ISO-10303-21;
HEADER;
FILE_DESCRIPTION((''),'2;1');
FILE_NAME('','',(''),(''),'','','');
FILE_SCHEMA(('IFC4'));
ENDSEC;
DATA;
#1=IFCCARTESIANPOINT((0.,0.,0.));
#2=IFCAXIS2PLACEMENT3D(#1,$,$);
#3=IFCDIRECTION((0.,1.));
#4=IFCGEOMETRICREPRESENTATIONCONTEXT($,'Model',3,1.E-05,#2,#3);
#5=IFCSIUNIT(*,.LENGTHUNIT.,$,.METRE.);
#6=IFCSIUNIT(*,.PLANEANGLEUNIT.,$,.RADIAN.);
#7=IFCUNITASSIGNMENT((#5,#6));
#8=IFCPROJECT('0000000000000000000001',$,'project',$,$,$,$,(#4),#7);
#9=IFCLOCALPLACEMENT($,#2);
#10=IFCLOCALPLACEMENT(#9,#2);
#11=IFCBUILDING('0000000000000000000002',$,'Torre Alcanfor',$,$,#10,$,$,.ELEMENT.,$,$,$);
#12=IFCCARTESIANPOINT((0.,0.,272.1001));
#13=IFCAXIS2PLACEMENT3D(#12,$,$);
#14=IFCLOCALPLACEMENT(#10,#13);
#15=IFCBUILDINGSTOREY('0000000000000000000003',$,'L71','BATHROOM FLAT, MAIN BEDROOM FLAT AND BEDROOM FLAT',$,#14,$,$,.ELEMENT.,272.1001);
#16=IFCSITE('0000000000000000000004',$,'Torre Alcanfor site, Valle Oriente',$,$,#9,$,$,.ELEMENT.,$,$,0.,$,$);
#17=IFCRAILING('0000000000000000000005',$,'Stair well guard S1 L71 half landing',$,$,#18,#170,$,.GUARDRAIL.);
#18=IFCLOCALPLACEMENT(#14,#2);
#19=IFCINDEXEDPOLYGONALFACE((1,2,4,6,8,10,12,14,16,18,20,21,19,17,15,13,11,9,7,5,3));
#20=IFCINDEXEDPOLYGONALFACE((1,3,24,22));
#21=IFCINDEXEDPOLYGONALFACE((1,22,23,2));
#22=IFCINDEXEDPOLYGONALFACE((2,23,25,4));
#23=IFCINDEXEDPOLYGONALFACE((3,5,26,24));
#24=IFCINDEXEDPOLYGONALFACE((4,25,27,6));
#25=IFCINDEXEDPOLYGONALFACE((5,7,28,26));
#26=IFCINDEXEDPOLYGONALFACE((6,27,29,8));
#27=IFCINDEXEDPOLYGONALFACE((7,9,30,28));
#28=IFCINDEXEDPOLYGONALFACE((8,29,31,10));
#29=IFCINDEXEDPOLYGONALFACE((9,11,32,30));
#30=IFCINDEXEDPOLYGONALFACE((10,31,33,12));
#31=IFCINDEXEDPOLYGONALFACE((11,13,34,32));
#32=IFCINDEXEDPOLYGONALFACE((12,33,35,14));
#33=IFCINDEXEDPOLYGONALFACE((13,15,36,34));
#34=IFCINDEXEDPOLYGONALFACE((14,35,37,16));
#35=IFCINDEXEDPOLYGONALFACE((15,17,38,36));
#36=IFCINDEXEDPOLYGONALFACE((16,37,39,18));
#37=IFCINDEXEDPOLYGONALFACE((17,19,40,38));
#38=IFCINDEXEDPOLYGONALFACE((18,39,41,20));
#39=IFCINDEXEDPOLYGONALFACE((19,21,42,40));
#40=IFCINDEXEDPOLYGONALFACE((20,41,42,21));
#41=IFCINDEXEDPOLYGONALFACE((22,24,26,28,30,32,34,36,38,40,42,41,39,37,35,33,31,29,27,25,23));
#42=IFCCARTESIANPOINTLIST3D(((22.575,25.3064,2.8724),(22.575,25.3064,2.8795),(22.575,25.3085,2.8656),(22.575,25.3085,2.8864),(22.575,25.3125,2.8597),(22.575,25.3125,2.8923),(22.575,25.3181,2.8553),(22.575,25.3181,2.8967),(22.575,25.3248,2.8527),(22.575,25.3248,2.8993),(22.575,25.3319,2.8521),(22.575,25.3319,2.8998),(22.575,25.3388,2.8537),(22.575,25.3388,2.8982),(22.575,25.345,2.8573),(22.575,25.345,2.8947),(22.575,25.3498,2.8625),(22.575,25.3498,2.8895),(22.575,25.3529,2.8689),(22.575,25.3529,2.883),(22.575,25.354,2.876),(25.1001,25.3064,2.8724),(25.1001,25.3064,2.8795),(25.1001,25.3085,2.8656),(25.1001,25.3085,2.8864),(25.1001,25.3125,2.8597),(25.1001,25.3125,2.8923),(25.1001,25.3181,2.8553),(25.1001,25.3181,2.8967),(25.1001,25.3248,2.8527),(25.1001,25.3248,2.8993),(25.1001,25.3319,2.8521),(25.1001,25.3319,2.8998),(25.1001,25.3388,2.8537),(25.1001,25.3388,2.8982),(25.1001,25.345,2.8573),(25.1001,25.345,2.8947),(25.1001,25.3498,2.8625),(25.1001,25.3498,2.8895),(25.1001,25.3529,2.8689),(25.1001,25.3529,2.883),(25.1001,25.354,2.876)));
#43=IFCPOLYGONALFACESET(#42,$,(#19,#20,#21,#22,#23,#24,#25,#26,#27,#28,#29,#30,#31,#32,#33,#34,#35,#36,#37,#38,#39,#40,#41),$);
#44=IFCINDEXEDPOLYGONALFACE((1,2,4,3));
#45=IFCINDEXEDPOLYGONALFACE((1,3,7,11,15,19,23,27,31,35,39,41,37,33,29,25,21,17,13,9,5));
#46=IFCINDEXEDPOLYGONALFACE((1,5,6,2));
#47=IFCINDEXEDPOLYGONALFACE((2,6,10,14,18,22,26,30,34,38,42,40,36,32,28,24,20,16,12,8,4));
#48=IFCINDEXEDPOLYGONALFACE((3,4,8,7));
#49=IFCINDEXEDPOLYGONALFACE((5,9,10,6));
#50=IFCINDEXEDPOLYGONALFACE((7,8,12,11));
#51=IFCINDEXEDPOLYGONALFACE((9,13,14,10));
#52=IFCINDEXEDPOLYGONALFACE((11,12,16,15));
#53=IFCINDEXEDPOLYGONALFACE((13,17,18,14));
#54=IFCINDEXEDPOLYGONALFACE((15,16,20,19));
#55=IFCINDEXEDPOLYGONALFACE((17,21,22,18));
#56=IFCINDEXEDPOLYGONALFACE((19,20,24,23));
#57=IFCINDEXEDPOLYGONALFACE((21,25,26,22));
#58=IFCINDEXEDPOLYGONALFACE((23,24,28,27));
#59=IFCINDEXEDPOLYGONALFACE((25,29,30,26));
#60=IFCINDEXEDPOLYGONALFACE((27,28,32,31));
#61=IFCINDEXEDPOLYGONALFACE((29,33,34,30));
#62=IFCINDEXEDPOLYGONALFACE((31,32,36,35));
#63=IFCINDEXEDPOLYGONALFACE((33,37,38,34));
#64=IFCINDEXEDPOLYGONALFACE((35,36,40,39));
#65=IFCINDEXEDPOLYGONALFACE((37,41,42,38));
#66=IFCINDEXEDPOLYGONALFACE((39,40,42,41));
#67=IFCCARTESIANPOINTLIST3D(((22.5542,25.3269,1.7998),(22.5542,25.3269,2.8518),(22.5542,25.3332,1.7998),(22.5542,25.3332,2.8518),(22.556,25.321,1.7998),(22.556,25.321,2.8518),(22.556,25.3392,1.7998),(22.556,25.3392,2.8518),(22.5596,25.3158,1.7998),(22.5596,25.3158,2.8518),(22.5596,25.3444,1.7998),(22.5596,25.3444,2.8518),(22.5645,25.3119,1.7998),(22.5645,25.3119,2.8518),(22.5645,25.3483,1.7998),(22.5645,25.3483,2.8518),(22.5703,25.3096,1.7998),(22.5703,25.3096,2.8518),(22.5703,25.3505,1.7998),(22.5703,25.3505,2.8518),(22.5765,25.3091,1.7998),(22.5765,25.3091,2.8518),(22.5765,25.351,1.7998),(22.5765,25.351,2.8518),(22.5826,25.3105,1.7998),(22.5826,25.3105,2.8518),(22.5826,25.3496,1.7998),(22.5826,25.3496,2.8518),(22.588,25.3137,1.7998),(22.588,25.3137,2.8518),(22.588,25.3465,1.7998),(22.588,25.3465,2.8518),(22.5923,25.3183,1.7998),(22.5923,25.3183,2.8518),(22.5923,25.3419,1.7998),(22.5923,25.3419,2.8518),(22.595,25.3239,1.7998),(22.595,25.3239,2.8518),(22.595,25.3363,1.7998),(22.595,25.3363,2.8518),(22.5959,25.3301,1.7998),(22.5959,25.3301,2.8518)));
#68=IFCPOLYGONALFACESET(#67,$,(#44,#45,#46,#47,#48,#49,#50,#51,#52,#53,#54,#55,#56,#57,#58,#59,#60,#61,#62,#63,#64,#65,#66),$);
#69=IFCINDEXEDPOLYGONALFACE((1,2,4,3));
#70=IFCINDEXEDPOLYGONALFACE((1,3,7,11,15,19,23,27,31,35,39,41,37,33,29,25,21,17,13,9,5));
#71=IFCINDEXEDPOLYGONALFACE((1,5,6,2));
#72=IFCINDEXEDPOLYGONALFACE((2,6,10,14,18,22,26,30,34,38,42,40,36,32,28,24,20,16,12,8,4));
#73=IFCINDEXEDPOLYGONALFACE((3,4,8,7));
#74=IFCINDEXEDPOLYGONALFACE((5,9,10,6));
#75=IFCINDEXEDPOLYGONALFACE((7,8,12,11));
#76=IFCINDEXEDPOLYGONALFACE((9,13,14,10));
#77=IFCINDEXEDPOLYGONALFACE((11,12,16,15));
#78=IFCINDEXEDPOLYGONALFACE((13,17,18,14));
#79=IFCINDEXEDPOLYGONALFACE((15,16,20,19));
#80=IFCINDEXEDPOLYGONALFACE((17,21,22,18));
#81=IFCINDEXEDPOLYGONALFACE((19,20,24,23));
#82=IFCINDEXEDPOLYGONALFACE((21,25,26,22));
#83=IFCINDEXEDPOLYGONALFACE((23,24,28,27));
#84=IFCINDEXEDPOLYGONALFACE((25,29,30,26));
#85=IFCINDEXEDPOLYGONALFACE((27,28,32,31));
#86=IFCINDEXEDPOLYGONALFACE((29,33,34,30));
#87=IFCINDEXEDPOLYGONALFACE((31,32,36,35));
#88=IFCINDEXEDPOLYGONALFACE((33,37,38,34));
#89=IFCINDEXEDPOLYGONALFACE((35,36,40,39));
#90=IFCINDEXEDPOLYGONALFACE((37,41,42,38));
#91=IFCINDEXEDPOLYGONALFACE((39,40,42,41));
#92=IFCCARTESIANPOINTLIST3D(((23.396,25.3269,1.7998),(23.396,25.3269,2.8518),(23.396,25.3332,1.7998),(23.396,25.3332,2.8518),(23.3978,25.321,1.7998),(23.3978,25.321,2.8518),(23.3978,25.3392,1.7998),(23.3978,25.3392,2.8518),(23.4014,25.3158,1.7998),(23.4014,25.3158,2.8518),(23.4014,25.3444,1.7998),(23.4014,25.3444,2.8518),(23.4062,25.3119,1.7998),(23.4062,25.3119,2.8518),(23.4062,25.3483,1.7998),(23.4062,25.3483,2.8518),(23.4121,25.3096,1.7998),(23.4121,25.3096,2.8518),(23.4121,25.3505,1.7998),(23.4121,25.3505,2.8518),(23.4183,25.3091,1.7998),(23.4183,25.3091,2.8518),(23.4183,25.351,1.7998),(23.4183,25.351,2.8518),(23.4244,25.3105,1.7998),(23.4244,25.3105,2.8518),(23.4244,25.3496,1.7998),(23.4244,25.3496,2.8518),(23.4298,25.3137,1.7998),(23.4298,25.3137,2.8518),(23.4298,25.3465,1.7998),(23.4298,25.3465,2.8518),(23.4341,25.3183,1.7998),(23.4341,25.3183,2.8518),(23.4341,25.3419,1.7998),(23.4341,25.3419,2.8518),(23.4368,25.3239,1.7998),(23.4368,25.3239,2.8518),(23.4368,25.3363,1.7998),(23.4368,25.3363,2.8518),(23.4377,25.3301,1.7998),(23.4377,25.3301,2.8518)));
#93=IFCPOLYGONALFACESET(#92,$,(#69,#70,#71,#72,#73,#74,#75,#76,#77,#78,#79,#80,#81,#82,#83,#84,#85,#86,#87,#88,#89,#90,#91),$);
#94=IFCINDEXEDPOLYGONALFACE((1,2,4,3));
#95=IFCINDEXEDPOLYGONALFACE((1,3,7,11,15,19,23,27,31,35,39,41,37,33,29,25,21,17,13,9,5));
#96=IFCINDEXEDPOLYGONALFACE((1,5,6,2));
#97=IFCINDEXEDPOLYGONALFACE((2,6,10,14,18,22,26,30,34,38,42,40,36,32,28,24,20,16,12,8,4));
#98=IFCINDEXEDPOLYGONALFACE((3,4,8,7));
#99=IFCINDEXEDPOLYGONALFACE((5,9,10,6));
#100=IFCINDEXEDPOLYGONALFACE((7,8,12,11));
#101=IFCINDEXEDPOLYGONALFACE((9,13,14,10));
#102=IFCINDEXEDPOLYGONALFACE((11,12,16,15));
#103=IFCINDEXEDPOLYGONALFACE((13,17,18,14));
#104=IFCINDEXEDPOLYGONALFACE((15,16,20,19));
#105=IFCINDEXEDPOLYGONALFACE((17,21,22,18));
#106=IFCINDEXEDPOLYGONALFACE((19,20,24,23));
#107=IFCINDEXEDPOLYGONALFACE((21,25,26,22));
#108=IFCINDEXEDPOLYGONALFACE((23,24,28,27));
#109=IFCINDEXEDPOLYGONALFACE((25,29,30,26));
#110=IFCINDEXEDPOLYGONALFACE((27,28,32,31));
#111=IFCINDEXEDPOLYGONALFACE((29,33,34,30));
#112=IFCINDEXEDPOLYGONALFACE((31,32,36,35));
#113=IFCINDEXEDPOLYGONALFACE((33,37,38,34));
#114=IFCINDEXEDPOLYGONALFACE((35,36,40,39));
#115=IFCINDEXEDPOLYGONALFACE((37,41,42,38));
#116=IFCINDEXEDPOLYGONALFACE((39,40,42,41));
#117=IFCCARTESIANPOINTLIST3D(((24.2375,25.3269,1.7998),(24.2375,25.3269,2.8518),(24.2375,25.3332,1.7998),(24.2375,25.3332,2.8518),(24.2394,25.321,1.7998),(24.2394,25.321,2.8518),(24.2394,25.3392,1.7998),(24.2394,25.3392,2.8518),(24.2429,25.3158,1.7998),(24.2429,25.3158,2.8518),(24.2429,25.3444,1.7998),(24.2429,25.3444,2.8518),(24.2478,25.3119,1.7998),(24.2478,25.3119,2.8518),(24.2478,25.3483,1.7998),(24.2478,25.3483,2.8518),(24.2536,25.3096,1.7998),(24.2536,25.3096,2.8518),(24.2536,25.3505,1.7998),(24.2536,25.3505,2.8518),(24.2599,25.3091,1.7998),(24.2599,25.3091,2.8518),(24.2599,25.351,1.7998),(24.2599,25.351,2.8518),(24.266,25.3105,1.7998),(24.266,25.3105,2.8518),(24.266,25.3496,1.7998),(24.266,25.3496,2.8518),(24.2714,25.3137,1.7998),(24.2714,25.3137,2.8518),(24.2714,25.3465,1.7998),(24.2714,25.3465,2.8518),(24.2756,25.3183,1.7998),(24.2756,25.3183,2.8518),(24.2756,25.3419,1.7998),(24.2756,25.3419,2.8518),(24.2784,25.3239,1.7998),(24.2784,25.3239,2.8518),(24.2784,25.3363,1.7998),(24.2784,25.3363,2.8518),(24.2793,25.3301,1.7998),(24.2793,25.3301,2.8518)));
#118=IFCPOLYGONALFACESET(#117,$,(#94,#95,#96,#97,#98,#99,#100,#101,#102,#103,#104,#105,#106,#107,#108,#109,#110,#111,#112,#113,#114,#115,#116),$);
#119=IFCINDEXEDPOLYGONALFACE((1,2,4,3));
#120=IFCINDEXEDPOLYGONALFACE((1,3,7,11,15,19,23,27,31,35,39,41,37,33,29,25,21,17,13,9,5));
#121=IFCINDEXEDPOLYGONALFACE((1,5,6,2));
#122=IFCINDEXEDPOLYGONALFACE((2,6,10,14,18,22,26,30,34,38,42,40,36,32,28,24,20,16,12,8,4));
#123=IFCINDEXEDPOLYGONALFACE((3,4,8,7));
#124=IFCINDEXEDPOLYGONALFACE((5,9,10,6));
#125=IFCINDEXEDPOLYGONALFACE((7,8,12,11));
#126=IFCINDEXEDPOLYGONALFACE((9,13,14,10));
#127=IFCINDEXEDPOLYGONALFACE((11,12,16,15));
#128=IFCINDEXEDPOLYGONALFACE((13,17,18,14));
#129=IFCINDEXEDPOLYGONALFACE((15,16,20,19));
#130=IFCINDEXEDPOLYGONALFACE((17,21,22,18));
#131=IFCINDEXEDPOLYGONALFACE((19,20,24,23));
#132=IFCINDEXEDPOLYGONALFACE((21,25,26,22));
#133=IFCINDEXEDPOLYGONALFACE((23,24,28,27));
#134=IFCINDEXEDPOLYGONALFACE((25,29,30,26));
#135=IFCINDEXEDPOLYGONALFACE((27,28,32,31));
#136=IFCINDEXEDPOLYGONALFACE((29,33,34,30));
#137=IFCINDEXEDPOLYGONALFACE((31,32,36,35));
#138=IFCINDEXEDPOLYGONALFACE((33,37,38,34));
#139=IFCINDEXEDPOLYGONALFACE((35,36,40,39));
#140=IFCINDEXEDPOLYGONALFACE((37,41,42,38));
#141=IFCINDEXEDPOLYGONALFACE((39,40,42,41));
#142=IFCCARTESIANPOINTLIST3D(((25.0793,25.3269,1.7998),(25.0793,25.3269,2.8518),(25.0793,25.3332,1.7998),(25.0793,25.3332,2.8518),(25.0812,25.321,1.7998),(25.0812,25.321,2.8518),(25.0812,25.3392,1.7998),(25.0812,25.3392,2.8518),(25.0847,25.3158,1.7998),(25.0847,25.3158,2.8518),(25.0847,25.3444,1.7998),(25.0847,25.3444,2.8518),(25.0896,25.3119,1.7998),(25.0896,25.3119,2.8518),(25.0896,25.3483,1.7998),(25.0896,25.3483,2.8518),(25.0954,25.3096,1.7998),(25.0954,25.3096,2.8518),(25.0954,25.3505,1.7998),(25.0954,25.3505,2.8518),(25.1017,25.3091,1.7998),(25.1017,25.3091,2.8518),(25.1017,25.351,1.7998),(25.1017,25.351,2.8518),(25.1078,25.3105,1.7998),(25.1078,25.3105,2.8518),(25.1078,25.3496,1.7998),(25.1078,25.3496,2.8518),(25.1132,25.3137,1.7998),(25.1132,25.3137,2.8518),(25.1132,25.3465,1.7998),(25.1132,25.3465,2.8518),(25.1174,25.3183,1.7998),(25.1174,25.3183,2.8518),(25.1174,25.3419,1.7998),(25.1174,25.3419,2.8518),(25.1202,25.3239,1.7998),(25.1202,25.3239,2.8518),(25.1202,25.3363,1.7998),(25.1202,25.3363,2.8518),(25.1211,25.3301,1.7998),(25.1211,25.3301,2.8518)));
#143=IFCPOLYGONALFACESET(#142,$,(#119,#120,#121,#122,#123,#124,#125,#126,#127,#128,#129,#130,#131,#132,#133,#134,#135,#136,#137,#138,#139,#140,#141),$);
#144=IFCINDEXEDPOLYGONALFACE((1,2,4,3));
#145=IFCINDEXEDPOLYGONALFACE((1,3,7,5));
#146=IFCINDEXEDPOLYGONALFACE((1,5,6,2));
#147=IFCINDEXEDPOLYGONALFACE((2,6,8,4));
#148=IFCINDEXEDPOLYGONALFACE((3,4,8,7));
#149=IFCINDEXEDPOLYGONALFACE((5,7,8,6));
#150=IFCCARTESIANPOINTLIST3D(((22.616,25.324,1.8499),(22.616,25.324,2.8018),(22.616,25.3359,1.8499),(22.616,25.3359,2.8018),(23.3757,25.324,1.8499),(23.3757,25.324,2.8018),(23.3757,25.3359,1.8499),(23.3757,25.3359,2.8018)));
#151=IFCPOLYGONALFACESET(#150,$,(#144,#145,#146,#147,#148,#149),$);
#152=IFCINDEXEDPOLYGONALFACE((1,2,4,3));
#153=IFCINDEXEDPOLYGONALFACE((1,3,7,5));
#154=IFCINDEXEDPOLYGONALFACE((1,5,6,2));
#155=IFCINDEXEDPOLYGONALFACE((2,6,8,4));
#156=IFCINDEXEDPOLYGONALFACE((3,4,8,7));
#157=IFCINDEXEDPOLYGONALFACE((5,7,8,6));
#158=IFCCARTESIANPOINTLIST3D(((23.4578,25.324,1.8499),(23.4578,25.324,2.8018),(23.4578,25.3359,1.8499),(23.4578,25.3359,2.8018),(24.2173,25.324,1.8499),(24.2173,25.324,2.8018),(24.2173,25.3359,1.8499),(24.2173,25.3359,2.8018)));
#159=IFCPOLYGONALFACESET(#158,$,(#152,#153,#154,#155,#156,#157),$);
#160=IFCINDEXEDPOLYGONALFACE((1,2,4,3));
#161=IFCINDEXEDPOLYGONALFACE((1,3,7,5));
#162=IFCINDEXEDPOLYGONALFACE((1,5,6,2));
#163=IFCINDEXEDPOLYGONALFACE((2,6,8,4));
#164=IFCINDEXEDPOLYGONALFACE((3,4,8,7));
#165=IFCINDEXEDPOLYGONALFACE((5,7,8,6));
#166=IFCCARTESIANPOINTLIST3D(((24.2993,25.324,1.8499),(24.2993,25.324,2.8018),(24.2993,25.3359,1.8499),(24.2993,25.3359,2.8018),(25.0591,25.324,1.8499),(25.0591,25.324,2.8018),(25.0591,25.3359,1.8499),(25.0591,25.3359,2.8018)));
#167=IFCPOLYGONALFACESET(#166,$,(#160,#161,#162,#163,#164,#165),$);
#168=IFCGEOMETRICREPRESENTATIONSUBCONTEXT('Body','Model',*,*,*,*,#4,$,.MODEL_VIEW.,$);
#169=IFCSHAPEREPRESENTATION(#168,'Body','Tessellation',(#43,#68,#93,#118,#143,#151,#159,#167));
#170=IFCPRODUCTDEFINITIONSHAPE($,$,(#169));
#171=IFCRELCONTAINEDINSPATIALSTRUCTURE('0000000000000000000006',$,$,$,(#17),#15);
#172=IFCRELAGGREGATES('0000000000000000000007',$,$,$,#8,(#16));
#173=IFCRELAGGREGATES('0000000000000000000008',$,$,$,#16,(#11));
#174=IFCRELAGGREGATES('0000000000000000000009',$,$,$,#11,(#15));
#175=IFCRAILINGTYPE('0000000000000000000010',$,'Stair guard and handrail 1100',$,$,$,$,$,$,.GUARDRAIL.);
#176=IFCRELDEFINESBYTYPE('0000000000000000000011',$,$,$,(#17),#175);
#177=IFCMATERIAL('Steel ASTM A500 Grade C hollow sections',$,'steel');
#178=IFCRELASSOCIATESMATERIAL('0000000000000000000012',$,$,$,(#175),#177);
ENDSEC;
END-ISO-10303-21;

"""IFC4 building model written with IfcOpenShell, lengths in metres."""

from ifc_helpers import new_model, si_unit, direction, frame, origin, origin_2d, place, context, subcontext, project, spatial, polyline, circle, outline, extrude, material, type_object, element, save


model = new_model("IFC4")

# Units and contexts
model_context = context("Model", 3, precision=1e-05, world=origin(), true_north=direction((0.0, 1.0)))
body_context = subcontext(model_context, "Body", "Model", "MODEL_VIEW")
ifc_project = project(units=[si_unit("LENGTHUNIT", "METRE"), si_unit("PLANEANGLEUNIT", "RADIAN")], contexts=[model_context])

# Site, building, storey
site_placement = place(None, origin())
site = spatial("IfcSite", under=ifc_project, at=site_placement, Name="Torre Alcanfor site, Valle Oriente", CompositionType="ELEMENT", RefElevation=0.0)
building_placement = place(site_placement, origin())
building = spatial("IfcBuilding", under=site, at=building_placement, Name="Torre Alcanfor", CompositionType="ELEMENT")
storey_placement = place(building_placement, frame((0.0, 0.0, 272.1001)))
storey = spatial("IfcBuildingStorey", under=building, at=storey_placement, Name="L71", Description="BATHROOM FLAT, MAIN BEDROOM FLAT AND BEDROOM FLAT", CompositionType="ELEMENT", Elevation=272.1001)

# Railing
ifc_material_1 = material(Name="Steel ASTM A500 Grade C hollow sections", Category="steel")
railing_type_1 = type_object("IfcRailingType", Name="Stair guard and handrail 1100", PredefinedType="GUARDRAIL", material=ifc_material_1)
for number, where, name in (
    (1, (22.575, 25.3301, 1.7998), "Stair well guard S1 L71 half landing"),
):
    element("IfcRailing", number, at=place(storey_placement, frame(where)), inside=storey, type_object=railing_type_1, Name=name, PredefinedType="GUARDRAIL", context=body_context, shape_type="SweptSolid", body=[
        extrude(circle(Radius=0.0239, at=origin_2d()), frame((0.0, 0.0, 1.0762), z_axis=(1.0, 0.0, 0.0), x_axis=(0.0, 1.0, 0.0)), (0.0, 0.0, 1.0), 2.5251),
        extrude(circle(Radius=0.021, at=origin_2d()), origin(), (0.0, 0.0, 1.0), 1.052),
        extrude(circle(Radius=0.021, at=origin_2d()), frame((0.8418, 0.0, 0.0)), (0.0, 0.0, 1.0), 1.052),
        extrude(circle(Radius=0.021, at=origin_2d()), frame((1.6833, 0.0, 0.0)), (0.0, 0.0, 1.0), 1.052),
        extrude(circle(Radius=0.021, at=origin_2d()), frame((2.5251, 0.0, 0.0)), (0.0, 0.0, 1.0), 1.052),
        extrude(outline(polyline([(0.041, 0.05), (0.8008, 0.05), (0.8008, 1.002), (0.041, 1.002), (0.041, 0.05)])), frame((0.0, 0.0059, 0.0), z_axis=(0.0, -1.0, 0.0), x_axis=(1.0, 0.0, 0.0)), (0.0, 0.0, 1.0), 0.012),
        extrude(outline(polyline([(0.8828, 0.05), (1.6423, 0.05), (1.6423, 1.002), (0.8828, 1.002), (0.8828, 0.05)])), frame((0.0, 0.0059, 0.0), z_axis=(0.0, -1.0, 0.0), x_axis=(1.0, 0.0, 0.0)), (0.0, 0.0, 1.0), 0.012),
        extrude(outline(polyline([(1.7244, 0.05), (2.4841, 0.05), (2.4841, 1.002), (1.7244, 1.002), (1.7244, 0.05)])), frame((0.0, 0.0059, 0.0), z_axis=(0.0, -1.0, 0.0), x_axis=(1.0, 0.0, 0.0)), (0.0, 0.0, 1.0), 0.012),
    ])

save(model, "model.ifc")
